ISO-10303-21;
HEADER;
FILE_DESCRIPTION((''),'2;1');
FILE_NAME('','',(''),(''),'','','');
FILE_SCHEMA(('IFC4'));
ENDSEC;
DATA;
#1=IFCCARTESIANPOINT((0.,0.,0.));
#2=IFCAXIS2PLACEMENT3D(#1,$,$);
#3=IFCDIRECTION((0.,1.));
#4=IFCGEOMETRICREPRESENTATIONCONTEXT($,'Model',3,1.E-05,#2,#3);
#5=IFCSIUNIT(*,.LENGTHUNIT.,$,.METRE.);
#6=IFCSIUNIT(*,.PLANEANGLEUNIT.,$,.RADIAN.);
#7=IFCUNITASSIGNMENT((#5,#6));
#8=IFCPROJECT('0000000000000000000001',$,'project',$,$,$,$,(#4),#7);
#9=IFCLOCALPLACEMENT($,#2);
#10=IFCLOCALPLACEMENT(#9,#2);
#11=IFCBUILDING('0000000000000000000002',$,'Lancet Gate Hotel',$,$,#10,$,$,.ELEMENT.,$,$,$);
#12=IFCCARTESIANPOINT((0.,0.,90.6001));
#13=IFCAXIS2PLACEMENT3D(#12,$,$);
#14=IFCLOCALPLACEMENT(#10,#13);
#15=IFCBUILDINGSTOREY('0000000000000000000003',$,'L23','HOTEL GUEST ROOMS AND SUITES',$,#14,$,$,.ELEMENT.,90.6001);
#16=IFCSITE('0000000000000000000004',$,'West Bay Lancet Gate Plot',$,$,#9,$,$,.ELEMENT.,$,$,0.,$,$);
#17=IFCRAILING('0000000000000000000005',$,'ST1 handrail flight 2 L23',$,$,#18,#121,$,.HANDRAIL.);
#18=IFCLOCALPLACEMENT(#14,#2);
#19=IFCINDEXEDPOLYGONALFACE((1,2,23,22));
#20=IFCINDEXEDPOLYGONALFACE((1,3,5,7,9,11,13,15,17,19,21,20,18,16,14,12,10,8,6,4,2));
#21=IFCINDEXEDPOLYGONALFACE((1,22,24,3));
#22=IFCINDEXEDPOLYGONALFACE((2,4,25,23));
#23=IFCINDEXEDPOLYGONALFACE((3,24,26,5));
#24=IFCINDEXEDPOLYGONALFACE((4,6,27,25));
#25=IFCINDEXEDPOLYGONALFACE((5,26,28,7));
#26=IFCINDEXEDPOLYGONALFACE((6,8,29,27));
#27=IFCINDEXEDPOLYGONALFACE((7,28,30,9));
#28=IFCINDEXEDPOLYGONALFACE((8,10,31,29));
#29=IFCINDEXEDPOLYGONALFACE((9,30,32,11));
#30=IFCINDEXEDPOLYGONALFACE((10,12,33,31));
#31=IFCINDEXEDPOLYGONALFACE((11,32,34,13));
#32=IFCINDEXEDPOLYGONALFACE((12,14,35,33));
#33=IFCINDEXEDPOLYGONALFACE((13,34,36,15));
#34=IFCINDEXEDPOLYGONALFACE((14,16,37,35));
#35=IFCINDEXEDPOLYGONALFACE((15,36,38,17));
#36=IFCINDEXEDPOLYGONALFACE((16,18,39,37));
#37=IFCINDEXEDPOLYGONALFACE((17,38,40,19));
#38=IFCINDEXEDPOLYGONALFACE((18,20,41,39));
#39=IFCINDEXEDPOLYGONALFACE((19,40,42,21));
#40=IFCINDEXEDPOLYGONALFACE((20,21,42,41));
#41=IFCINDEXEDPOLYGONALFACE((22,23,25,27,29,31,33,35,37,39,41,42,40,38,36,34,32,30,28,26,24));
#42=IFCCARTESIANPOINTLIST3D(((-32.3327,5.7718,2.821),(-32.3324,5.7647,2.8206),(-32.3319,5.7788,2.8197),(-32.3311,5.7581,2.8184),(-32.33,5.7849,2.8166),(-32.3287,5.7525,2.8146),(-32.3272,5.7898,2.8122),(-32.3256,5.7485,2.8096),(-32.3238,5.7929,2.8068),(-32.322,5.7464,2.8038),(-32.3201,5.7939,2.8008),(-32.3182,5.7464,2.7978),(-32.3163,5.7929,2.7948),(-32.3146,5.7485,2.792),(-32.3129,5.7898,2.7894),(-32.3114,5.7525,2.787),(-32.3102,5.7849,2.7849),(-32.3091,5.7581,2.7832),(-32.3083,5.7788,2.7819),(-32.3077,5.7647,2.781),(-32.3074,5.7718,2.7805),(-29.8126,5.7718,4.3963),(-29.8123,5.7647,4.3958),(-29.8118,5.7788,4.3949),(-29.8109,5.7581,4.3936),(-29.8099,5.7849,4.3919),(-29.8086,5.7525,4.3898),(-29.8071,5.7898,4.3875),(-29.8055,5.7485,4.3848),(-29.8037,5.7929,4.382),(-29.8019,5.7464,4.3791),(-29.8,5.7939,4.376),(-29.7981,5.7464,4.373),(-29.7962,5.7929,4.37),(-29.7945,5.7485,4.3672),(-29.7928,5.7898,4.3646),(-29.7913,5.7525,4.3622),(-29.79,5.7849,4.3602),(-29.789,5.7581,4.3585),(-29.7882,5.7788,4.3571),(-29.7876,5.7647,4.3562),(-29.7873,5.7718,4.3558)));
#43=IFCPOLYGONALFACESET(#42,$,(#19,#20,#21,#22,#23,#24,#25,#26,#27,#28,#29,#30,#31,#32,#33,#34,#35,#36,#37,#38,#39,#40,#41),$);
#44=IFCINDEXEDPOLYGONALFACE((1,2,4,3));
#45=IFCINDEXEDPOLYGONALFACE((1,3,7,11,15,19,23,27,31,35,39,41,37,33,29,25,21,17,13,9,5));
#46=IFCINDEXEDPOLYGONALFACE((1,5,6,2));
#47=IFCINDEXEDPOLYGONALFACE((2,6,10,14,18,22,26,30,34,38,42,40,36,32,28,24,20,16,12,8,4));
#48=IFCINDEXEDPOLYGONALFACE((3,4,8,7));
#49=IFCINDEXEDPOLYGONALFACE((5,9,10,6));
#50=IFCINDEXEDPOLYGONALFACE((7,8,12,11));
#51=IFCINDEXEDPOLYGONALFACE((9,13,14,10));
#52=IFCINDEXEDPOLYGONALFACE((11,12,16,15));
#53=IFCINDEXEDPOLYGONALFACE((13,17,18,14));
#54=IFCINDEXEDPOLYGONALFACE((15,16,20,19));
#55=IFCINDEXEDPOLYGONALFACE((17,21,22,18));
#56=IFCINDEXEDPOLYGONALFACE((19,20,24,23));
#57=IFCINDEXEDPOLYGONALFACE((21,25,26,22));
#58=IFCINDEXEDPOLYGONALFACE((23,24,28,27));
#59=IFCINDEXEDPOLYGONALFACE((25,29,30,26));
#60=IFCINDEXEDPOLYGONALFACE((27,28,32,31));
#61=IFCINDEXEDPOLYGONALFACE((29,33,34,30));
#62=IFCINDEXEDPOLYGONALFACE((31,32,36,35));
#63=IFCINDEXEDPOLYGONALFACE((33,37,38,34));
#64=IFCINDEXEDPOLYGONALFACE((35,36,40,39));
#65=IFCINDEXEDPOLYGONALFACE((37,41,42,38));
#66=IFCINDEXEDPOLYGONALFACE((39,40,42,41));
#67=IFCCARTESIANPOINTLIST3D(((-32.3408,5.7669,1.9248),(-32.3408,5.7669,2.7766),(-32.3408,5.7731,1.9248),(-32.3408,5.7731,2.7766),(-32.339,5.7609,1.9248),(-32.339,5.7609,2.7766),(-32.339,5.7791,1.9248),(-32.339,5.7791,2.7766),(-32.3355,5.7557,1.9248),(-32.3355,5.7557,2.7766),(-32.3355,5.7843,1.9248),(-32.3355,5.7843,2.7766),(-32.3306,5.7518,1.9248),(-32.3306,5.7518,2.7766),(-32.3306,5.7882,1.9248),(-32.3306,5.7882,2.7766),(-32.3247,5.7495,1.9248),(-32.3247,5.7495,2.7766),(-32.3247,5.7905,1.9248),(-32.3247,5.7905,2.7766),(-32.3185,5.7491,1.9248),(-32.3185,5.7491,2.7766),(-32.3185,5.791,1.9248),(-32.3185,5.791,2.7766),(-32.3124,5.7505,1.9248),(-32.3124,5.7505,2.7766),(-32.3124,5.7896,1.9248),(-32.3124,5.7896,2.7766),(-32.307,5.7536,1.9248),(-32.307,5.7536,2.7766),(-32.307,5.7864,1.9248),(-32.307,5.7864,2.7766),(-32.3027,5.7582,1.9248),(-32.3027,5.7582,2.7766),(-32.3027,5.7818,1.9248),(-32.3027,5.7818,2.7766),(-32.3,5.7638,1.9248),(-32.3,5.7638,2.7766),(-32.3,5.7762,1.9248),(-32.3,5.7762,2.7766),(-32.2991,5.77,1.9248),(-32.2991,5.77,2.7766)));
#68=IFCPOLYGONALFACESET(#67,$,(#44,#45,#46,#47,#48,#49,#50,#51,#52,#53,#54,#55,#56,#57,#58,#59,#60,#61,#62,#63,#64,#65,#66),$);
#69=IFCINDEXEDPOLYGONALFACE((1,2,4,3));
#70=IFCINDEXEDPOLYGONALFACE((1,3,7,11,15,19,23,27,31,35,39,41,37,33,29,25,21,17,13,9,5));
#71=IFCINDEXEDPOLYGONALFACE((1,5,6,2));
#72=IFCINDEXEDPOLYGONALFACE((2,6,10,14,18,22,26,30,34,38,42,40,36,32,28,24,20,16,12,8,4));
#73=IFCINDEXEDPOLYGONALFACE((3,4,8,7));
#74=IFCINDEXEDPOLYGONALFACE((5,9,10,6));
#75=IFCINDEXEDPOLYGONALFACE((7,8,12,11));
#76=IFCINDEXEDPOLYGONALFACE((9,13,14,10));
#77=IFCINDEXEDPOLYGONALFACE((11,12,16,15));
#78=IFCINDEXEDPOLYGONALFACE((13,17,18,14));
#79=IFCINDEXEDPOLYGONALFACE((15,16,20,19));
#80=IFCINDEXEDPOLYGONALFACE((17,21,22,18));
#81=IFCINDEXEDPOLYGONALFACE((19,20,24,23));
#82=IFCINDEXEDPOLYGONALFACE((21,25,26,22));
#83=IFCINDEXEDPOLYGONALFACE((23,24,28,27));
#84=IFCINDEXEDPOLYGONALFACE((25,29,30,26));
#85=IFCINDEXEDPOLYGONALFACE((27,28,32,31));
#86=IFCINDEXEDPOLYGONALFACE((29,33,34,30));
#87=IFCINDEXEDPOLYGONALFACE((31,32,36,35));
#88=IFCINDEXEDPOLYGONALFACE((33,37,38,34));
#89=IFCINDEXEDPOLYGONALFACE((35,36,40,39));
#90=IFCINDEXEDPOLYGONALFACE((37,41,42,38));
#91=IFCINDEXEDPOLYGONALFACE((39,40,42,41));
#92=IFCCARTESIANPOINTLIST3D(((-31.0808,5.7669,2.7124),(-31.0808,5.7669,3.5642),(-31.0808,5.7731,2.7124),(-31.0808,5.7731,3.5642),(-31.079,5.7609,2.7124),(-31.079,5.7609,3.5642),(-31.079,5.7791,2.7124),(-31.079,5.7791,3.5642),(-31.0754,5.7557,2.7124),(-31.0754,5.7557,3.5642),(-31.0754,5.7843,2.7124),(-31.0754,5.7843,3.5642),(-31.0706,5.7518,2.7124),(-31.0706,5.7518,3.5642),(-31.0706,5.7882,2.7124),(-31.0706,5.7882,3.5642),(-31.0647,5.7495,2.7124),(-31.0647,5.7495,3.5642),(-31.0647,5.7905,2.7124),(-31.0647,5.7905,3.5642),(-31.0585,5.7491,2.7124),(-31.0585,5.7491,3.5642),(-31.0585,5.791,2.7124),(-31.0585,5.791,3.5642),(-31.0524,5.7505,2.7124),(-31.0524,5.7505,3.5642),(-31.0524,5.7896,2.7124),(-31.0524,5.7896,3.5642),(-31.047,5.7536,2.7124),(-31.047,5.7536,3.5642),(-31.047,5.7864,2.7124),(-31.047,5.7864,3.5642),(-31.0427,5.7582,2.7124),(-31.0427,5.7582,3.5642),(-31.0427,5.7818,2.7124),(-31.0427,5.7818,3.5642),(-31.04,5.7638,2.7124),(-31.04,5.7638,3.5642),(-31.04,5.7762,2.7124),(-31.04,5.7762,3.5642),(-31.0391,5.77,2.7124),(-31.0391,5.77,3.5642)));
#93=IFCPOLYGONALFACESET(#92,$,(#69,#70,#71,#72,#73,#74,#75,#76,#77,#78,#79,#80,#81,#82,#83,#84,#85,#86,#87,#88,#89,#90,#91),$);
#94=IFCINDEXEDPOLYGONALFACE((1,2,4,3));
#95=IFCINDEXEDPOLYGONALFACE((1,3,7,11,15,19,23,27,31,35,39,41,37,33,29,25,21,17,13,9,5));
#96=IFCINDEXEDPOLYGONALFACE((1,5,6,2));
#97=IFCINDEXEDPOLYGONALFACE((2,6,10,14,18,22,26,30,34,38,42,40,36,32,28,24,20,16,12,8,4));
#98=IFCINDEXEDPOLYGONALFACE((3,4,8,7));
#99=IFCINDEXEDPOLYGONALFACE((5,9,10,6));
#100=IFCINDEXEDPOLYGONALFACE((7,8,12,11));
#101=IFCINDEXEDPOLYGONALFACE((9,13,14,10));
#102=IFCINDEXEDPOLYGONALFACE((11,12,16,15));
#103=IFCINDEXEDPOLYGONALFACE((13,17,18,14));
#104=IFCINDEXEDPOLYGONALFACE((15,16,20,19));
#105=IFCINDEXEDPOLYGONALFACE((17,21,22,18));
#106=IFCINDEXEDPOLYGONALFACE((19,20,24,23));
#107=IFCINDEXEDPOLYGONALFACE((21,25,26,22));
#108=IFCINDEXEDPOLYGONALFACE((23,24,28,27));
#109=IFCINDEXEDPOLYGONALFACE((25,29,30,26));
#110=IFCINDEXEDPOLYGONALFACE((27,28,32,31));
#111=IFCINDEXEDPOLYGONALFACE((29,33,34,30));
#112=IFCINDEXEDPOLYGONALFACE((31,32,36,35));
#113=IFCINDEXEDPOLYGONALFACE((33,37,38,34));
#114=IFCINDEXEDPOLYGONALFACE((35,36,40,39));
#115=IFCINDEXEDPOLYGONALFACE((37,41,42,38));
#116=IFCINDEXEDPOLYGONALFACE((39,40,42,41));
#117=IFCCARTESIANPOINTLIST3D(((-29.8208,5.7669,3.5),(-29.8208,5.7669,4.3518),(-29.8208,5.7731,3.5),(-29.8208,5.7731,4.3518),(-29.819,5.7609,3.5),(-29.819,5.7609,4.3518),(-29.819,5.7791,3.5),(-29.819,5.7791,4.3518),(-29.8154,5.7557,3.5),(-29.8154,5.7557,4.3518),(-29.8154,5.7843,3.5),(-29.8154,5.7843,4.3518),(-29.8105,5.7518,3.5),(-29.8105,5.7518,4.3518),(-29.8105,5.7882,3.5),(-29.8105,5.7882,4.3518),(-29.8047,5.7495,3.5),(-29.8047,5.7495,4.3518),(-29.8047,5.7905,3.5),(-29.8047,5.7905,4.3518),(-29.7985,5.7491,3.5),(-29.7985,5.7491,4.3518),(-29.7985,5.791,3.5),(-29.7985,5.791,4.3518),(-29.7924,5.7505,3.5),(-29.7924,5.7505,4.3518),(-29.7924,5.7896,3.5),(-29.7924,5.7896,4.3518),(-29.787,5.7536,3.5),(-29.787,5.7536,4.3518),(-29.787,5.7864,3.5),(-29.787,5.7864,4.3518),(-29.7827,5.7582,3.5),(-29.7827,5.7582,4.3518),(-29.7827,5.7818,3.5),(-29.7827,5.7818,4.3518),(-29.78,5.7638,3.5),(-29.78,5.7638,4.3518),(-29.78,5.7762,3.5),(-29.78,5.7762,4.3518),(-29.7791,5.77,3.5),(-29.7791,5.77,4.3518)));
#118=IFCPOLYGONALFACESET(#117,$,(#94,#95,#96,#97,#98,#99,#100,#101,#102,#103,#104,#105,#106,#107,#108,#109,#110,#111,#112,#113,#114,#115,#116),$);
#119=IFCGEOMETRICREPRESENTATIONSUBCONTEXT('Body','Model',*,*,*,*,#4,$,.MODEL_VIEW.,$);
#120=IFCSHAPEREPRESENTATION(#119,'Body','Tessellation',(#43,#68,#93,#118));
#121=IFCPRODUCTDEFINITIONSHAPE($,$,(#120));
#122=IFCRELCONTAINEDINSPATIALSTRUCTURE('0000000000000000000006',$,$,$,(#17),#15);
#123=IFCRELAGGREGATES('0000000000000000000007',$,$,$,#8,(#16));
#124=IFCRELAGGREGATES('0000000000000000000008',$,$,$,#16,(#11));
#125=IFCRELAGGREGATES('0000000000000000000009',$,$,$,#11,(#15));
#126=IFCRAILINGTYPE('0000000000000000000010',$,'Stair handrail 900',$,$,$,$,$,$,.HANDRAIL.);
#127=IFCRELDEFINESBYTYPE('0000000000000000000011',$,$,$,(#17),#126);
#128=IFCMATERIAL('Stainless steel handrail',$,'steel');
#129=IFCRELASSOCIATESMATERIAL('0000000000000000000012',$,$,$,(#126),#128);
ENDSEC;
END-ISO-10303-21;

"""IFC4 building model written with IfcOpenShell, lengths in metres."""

from ifc_helpers import new_model, si_unit, direction, frame, origin, origin_2d, place, context, subcontext, project, spatial, circle, extrude, material, type_object, element, save


model = new_model("IFC4")

# Units and contexts
model_context = context("Model", 3, precision=1e-05, world=origin(), true_north=direction((0.0, 1.0)))
body_context = subcontext(model_context, "Body", "Model", "MODEL_VIEW")
ifc_project = project(units=[si_unit("LENGTHUNIT", "METRE"), si_unit("PLANEANGLEUNIT", "RADIAN")], contexts=[model_context])

# Site, building, storey
site_placement = place(None, origin())
site = spatial("IfcSite", under=ifc_project, at=site_placement, Name="West Bay Lancet Gate Plot", CompositionType="ELEMENT", RefElevation=0.0)
building_placement = place(site_placement, origin())
building = spatial("IfcBuilding", under=site, at=building_placement, Name="Lancet Gate Hotel", CompositionType="ELEMENT")
storey_placement = place(building_placement, frame((0.0, 0.0, 90.6001)))
storey = spatial("IfcBuildingStorey", under=building, at=storey_placement, Name="L23", Description="HOTEL GUEST ROOMS AND SUITES", CompositionType="ELEMENT", Elevation=90.6001)

# Railing
ifc_material_1 = material(Name="Stainless steel handrail", Category="steel")
railing_type = type_object("IfcRailingType", Name="Stair handrail 900", PredefinedType="HANDRAIL", material=ifc_material_1)
railing_1_placement = place(storey_placement, frame((-32.3201, 5.77, 1.9248)))
element("IfcRailing", 1, at=railing_1_placement, inside=storey, type_object=railing_type, Name="ST1 handrail flight 2 L23", PredefinedType="HANDRAIL", context=body_context, shape_type="SweptSolid", body=[
    extrude(circle(Radius=0.0239, at=origin_2d()), frame((0.0, 0.0, 0.876), z_axis=(0.847971, 0.0, 0.530043), x_axis=(0.0, 1.0, 0.0)), (0.0, 0.0, 1.0), 2.9719),
    extrude(circle(Radius=0.021, at=origin_2d()), origin(), (0.0, 0.0, 1.0), 0.8518),
    extrude(circle(Radius=0.021, at=origin_2d()), frame((1.26, 0.0, 0.7876)), (0.0, 0.0, 1.0), 0.8518),
    extrude(circle(Radius=0.021, at=origin_2d()), frame((2.52, 0.0, 1.5752)), (0.0, 0.0, 1.0), 0.8518),
])

save(model, "model.ifc")
